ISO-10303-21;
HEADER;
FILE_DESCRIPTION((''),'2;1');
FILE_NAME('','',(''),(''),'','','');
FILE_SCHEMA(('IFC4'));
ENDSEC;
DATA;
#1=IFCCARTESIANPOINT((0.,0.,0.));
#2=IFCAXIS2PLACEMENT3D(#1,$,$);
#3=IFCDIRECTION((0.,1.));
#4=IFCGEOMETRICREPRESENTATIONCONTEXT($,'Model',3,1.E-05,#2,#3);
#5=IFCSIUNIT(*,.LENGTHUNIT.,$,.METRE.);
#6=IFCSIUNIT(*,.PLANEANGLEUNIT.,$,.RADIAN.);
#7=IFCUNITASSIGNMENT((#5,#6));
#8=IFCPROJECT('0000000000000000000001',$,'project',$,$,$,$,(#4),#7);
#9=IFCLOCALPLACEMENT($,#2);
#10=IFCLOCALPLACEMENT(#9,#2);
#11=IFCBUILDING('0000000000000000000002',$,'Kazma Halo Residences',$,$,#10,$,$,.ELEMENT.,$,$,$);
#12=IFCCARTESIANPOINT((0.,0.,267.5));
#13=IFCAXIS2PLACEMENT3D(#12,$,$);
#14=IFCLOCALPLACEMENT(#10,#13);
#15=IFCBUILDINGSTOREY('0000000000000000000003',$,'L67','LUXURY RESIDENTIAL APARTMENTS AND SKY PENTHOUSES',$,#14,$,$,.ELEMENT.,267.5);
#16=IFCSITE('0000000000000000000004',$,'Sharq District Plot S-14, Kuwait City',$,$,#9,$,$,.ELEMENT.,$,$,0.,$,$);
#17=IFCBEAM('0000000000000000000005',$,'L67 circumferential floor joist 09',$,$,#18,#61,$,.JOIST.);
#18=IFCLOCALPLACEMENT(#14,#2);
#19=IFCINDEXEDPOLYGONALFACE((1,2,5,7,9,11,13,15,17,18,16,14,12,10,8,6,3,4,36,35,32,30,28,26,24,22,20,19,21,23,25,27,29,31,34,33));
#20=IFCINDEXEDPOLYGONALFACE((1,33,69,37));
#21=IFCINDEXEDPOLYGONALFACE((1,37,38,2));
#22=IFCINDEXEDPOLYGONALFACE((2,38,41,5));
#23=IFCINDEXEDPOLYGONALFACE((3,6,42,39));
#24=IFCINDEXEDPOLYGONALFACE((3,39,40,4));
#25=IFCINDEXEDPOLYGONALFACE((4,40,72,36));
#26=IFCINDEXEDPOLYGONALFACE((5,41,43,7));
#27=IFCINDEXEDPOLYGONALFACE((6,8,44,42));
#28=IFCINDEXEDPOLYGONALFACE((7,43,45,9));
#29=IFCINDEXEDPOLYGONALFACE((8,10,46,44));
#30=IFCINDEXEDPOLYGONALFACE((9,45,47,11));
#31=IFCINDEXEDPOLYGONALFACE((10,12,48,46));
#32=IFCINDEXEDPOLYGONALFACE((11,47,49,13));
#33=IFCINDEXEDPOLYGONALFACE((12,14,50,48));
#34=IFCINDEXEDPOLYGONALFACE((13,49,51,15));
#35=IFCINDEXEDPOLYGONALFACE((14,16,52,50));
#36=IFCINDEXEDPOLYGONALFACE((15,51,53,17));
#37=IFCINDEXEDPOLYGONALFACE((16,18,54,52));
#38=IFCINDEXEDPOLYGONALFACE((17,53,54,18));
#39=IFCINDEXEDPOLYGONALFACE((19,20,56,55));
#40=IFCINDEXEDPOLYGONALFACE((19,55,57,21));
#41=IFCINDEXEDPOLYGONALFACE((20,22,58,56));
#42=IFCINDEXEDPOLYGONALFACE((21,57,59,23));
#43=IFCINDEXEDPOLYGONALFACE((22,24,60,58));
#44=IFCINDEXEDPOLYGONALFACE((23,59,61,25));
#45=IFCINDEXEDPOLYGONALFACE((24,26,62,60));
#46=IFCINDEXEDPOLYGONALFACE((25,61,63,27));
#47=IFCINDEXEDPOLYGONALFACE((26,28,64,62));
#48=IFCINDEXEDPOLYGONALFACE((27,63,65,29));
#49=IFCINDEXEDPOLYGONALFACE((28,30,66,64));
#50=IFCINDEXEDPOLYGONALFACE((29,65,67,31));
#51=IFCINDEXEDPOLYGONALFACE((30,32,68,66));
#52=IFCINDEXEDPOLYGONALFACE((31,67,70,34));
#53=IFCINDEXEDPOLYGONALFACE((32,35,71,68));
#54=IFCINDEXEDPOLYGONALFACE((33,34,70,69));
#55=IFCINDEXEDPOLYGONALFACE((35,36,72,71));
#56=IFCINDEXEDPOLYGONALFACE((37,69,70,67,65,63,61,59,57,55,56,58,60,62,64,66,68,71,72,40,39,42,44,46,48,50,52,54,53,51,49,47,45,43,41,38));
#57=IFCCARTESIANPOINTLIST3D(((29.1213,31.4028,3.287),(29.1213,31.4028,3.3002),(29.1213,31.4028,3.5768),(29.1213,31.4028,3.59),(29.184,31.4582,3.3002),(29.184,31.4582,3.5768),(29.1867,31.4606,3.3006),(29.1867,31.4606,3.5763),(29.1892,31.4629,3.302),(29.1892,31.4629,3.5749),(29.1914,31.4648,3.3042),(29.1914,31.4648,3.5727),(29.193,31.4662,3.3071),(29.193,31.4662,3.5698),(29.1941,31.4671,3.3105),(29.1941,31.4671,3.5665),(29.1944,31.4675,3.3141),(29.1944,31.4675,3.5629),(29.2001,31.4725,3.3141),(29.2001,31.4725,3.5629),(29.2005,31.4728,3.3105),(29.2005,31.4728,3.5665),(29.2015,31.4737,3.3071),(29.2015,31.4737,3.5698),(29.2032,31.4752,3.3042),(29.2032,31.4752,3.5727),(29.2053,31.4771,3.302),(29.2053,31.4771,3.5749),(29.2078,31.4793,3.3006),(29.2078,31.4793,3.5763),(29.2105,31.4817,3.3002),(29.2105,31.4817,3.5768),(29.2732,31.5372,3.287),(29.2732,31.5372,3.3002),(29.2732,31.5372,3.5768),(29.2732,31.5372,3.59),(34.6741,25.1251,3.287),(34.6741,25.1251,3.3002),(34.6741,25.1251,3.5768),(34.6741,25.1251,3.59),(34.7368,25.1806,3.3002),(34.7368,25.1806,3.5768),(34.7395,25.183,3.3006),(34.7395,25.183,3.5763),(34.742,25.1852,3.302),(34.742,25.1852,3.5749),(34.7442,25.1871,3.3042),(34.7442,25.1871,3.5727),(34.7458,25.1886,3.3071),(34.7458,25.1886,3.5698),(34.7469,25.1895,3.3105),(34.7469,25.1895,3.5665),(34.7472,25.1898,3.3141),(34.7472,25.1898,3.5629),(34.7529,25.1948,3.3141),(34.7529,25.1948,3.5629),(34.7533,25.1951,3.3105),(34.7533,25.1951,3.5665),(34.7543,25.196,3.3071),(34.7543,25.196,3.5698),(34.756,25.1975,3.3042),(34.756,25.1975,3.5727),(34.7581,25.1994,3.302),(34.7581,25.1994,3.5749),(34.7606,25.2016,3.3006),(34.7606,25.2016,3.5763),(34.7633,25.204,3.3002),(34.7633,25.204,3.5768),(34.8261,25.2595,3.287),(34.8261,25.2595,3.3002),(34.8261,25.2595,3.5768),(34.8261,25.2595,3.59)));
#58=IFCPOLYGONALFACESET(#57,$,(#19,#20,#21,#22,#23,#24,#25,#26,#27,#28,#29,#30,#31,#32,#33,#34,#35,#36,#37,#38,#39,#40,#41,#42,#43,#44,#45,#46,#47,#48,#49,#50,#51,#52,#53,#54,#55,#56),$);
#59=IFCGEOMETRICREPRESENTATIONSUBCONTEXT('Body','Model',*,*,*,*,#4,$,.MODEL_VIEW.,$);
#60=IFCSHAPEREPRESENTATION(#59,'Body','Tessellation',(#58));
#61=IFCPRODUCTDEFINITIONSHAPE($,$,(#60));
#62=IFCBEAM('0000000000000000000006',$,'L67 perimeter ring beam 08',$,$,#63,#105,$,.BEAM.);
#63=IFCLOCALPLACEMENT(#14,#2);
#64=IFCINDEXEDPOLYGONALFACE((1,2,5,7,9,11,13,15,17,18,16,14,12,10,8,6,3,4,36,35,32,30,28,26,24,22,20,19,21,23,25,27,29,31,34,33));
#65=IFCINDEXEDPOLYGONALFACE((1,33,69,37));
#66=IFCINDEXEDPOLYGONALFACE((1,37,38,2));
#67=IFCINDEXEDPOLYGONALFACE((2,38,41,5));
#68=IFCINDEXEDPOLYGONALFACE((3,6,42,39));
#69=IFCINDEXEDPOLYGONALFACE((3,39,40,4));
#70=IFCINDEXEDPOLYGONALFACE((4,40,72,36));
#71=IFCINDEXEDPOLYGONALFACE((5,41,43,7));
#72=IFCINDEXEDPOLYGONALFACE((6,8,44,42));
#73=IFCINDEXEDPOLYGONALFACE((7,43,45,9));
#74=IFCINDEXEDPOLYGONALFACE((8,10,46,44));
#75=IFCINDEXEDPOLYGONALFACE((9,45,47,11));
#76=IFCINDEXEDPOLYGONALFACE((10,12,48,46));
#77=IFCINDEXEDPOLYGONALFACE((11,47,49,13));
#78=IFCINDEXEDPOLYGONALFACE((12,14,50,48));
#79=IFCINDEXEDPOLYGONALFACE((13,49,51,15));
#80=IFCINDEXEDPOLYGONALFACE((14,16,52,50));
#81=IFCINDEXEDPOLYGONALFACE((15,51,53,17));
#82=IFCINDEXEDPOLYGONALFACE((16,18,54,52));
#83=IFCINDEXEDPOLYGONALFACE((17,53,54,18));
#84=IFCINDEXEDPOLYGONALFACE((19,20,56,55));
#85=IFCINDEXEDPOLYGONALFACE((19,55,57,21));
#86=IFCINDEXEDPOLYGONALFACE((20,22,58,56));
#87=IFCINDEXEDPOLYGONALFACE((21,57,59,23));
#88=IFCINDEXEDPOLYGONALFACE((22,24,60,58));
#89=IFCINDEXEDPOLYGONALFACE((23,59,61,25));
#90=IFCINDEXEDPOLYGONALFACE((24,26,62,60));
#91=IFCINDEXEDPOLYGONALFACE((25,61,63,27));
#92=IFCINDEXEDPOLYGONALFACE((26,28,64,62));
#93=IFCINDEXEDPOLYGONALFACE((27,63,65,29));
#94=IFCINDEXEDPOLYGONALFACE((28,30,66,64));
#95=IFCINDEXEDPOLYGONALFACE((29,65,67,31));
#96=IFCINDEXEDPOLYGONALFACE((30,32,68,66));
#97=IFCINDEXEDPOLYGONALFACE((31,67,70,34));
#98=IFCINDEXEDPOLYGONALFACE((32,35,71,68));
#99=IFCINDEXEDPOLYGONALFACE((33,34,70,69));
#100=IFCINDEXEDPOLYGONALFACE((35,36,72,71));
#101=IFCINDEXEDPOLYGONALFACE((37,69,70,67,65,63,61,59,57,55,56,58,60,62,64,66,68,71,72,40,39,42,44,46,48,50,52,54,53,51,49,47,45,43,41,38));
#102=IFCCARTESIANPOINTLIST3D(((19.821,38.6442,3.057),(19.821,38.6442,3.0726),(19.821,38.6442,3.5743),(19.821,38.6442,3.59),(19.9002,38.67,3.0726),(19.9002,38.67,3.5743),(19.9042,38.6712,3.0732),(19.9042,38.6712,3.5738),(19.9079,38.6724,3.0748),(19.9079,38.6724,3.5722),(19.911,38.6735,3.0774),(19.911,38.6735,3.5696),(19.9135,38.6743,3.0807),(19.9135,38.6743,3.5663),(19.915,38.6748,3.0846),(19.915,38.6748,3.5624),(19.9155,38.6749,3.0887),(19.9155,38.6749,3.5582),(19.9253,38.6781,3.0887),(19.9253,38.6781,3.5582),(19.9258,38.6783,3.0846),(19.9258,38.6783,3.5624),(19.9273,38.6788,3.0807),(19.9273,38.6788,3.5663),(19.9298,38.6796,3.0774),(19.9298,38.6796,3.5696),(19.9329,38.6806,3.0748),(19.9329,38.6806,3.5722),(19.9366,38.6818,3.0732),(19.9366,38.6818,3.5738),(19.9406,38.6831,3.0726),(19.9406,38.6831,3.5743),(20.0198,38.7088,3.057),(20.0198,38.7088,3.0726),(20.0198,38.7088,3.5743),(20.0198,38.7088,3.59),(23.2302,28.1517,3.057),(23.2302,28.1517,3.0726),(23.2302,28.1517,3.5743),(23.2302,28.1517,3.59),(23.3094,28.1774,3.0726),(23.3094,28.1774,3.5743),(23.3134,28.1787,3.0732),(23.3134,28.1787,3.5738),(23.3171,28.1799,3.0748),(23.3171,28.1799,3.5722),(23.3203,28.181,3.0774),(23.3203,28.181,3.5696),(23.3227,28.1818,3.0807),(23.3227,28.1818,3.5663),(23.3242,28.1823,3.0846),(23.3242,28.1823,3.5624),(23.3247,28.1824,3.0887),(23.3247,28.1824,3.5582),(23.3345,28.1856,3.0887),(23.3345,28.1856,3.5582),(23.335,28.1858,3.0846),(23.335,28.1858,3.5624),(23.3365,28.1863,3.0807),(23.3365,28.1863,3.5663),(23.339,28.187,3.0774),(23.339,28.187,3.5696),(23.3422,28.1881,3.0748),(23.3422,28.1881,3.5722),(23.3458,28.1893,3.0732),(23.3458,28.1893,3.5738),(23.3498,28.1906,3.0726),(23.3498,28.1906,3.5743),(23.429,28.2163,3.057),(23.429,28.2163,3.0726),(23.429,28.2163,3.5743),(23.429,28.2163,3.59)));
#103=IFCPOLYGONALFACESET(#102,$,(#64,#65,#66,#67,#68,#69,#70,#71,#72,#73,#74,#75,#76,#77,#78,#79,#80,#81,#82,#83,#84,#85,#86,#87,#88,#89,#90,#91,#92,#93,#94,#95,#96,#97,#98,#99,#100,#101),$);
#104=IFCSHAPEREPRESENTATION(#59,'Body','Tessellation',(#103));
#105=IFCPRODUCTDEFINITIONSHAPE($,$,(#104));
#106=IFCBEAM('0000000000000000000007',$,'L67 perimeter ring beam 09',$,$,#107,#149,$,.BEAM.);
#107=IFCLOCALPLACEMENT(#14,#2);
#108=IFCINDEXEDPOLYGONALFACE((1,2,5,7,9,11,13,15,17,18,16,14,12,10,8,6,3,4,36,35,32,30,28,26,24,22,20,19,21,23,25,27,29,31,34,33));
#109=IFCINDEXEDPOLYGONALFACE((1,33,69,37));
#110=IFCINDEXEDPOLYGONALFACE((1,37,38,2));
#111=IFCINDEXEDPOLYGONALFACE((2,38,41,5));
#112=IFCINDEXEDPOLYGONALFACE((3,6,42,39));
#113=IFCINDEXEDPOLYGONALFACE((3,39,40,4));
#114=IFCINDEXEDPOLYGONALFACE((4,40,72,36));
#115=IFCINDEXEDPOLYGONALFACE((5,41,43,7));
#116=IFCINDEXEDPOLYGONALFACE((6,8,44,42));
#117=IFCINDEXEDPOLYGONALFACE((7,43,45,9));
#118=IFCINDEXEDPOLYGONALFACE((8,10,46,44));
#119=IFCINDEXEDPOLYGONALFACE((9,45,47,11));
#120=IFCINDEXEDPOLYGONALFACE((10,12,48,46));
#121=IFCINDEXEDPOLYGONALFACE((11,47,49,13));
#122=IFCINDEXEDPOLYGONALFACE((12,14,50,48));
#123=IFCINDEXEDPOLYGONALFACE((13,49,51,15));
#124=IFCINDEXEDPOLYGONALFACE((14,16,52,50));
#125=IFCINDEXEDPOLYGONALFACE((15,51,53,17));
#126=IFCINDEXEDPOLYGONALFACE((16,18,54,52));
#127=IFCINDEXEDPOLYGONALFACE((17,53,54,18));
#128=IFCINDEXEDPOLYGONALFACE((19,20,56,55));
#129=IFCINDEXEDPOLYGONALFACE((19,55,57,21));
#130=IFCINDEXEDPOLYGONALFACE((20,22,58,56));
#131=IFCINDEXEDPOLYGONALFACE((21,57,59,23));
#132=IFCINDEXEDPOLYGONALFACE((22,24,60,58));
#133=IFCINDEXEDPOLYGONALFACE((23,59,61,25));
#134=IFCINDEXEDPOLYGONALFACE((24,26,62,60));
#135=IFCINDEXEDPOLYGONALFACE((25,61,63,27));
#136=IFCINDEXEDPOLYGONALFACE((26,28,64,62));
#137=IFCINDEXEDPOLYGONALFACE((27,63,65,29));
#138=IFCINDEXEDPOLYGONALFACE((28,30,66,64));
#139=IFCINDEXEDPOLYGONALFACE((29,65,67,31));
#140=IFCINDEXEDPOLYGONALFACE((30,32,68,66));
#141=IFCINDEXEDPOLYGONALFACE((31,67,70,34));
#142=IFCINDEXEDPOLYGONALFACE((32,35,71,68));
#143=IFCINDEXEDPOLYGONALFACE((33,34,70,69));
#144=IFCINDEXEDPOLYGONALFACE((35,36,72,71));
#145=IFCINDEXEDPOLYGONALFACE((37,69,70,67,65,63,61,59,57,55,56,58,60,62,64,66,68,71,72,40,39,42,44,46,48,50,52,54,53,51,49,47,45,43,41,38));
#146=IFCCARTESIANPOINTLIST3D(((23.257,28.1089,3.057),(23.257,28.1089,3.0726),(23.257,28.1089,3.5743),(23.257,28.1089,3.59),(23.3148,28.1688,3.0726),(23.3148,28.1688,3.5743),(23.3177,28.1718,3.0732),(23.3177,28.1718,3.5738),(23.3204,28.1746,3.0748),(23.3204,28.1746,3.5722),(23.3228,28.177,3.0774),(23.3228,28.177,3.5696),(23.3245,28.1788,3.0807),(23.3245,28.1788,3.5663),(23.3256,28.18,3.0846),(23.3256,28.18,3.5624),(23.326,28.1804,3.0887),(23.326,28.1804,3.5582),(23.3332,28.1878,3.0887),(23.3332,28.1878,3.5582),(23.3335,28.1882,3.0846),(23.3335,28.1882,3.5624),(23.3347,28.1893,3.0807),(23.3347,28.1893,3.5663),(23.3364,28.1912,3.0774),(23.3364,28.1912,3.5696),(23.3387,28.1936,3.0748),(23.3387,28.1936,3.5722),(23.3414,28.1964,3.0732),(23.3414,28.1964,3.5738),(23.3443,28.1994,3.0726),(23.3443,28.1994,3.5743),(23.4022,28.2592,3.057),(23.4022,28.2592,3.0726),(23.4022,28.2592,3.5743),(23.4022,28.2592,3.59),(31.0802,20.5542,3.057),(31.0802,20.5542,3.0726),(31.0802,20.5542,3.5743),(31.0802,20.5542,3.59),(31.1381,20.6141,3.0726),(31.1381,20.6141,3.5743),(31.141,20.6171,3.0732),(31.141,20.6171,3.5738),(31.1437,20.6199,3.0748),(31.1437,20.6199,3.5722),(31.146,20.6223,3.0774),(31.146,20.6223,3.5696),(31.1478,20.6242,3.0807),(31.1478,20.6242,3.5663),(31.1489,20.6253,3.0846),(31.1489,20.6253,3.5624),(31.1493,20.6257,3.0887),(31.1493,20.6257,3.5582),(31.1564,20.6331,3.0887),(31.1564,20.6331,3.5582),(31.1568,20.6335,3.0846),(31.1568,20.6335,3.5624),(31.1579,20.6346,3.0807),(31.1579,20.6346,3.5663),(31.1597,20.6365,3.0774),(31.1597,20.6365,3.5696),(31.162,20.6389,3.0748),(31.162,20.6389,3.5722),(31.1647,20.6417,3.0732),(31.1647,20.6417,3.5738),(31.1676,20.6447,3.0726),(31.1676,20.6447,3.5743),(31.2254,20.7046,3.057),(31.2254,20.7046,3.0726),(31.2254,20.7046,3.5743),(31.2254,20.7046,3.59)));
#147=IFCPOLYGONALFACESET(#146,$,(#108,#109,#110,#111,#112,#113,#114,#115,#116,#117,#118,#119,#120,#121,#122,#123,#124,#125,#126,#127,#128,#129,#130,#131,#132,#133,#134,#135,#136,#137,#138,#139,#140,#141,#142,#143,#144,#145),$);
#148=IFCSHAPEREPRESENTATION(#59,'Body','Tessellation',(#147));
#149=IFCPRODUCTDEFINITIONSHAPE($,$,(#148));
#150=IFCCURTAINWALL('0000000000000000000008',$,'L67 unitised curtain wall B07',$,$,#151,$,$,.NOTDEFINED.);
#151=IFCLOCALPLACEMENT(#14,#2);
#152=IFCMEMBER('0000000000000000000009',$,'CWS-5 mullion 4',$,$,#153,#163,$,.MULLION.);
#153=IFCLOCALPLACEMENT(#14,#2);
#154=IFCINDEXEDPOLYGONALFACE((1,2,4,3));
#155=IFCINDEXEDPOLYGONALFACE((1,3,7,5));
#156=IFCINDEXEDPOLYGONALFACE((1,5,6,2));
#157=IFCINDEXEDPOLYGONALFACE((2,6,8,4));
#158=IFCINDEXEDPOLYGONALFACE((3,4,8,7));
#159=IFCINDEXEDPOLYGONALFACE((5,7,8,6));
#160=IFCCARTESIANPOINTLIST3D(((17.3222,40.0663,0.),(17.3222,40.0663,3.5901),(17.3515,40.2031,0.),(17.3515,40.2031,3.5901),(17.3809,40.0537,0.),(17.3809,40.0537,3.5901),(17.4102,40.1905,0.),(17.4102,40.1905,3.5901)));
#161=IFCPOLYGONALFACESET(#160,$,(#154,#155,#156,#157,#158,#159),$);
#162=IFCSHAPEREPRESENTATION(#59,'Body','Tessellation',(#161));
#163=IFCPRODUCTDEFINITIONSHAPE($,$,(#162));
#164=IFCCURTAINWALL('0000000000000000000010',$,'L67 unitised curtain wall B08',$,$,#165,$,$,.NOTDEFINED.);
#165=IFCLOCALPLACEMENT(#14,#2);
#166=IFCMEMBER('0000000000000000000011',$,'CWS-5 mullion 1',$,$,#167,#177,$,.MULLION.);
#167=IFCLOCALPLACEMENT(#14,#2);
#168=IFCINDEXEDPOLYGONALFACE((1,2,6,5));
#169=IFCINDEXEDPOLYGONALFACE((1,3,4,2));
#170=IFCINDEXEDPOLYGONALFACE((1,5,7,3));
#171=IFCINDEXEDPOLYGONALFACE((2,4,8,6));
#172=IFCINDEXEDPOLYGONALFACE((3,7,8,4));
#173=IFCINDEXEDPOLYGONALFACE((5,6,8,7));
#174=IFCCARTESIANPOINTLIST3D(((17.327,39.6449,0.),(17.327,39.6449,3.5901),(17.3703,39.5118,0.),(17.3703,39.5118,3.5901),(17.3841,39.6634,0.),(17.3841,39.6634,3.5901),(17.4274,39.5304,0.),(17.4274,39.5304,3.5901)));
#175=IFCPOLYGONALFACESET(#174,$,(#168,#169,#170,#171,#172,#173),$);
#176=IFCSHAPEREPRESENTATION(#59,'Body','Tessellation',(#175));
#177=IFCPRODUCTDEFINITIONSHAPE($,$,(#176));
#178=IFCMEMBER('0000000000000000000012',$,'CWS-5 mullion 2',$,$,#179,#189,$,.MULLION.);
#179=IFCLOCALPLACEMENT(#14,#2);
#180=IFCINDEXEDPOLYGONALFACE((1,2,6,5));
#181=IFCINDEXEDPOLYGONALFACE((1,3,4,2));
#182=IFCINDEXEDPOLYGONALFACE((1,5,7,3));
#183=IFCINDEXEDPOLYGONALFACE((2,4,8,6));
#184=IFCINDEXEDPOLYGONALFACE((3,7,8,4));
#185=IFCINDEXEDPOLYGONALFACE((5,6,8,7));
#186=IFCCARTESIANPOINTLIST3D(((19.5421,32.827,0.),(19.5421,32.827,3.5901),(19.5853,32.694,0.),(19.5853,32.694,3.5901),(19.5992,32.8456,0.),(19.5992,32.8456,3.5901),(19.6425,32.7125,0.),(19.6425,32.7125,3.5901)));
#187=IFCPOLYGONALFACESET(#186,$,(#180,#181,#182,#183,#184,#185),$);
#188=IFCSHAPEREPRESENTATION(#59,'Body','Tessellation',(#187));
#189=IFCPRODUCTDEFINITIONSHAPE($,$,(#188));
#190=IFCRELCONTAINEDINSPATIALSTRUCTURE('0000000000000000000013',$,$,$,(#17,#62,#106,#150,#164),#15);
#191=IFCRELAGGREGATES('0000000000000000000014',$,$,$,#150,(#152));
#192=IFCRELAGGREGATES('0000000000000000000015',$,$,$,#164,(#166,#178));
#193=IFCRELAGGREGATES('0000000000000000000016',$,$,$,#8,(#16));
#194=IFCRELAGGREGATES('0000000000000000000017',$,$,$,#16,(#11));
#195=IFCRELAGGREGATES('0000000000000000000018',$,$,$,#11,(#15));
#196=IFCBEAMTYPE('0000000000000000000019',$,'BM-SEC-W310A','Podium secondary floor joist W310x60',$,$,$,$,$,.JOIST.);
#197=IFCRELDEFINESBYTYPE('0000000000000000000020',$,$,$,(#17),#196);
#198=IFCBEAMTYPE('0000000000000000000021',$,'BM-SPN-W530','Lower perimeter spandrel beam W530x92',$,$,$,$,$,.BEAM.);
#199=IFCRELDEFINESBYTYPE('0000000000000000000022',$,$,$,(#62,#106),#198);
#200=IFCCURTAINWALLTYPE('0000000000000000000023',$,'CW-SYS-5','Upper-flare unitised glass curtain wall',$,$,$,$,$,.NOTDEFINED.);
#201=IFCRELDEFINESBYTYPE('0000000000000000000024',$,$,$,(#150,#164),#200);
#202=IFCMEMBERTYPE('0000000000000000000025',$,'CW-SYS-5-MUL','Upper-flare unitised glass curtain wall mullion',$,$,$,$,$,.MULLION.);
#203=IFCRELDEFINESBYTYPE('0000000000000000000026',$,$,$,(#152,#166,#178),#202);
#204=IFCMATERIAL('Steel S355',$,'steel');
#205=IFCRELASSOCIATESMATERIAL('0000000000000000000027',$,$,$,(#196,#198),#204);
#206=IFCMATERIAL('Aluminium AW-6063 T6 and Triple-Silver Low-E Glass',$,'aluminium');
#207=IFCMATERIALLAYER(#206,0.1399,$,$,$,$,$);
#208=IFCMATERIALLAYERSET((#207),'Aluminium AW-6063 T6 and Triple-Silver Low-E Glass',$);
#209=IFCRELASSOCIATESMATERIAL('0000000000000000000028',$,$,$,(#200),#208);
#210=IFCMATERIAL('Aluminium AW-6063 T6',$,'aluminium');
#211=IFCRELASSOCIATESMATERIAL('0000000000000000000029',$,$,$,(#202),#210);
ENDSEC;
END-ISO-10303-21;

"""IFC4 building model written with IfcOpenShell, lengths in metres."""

from ifc_helpers import new_model, si_unit, direction, frame, origin, origin_2d, place, context, subcontext, project, spatial, rectangle, i_section, extrude, material, layer, layer_set, material_profile, profile_set, type_object, element, aggregate, save


model = new_model("IFC4")

# Units and contexts
model_context = context("Model", 3, precision=1e-05, world=origin(), true_north=direction((0.0, 1.0)))
body_context = subcontext(model_context, "Body", "Model", "MODEL_VIEW")
ifc_project = project(units=[si_unit("LENGTHUNIT", "METRE"), si_unit("PLANEANGLEUNIT", "RADIAN")], contexts=[model_context])

# Site, building, storey
site_placement = place(None, origin())
site = spatial("IfcSite", under=ifc_project, at=site_placement, Name="Sharq District Plot S-14, Kuwait City", CompositionType="ELEMENT", RefElevation=0.0)
building_placement = place(site_placement, origin())
building = spatial("IfcBuilding", under=site, at=building_placement, Name="Kazma Halo Residences", CompositionType="ELEMENT")
storey_placement = place(building_placement, frame((0.0, 0.0, 267.5)))
storey = spatial("IfcBuildingStorey", under=building, at=storey_placement, Name="L67", Description="LUXURY RESIDENTIAL APARTMENTS AND SKY PENTHOUSES", CompositionType="ELEMENT", Elevation=267.5)

# Beams
ifc_material_1 = material(Name="Steel S355", Category="steel")
ifc_material_profile_1 = material_profile(ifc_material_1, i_section(OverallWidth=0.2029, OverallDepth=0.303, WebThickness=0.0076, FlangeThickness=0.0132, FilletRadius=0.0139, at=origin_2d()), Name="W310x60")
ifc_profile_set_1 = profile_set([ifc_material_profile_1], Name="Steel S355")
beam_type_1 = type_object("IfcBeamType", Name="BM-SEC-W310A", Description="Podium secondary floor joist W310x60", PredefinedType="JOIST", material=ifc_profile_set_1)
beam_1_placement = place(storey_placement, frame((29.1973, 31.47, 3.4385), z_axis=(0.662539, -0.749027, 0.0), x_axis=(0.749027, 0.662539, 0.0)))
element("IfcBeam", 1, at=beam_1_placement, inside=storey, type_object=beam_type_1, Name="L67 circumferential floor joist 09", PredefinedType="JOIST", context=body_context, shape_type="SweptSolid", body=[
    extrude(i_section(OverallWidth=0.2029, OverallDepth=0.303, WebThickness=0.0076, FlangeThickness=0.0132, FilletRadius=0.0139, at=origin_2d()), origin(), (0.0, 0.0, 1.0), 8.3811),
])
ifc_material_profile_2 = material_profile(ifc_material_1, i_section(OverallWidth=0.209, OverallDepth=0.533, WebThickness=0.0103, FlangeThickness=0.0156, FilletRadius=0.0161, at=origin_2d()), Name="W530x92")
ifc_profile_set_2 = profile_set([ifc_material_profile_2], Name="Steel S355")
beam_type_2 = type_object("IfcBeamType", Name="BM-SPN-W530", Description="Lower perimeter spandrel beam W530x92", PredefinedType="BEAM", material=ifc_profile_set_2)
beam_2_placement = place(storey_placement, frame((19.9204, 38.6765, 3.3235), z_axis=(0.309016, -0.951057, 0.0), x_axis=(0.951057, 0.309016, 0.0)))
element("IfcBeam", 2, at=beam_2_placement, inside=storey, type_object=beam_type_2, Name="L67 perimeter ring beam 08", PredefinedType="BEAM", context=body_context, shape_type="SweptSolid", body=[
    extrude(i_section(OverallWidth=0.209, OverallDepth=0.533, WebThickness=0.0103, FlangeThickness=0.0156, FilletRadius=0.0161, at=origin_2d()), origin(), (0.0, 0.0, 1.0), 11.0325),
])
beam_3_placement = place(storey_placement, frame((23.3296, 28.1841, 3.3235), z_axis=(0.719346, -0.694652, 0.0), x_axis=(0.694652, 0.719346, 0.0)))
element("IfcBeam", 3, at=beam_3_placement, inside=storey, type_object=beam_type_2, Name="L67 perimeter ring beam 09", PredefinedType="BEAM", context=body_context, shape_type="SweptSolid", body=[
    extrude(i_section(OverallWidth=0.209, OverallDepth=0.533, WebThickness=0.0103, FlangeThickness=0.0156, FilletRadius=0.0161, at=origin_2d()), origin(), (0.0, 0.0, 1.0), 10.8755),
])

# Curtain wall, member
ifc_material_2 = material(Name="Aluminium AW-6063 T6 and Triple-Silver Low-E Glass", Category="aluminium")
ifc_layer_1 = layer(ifc_material_2, 0.1399)
ifc_layer_set_1 = layer_set([ifc_layer_1], Name="Aluminium AW-6063 T6 and Triple-Silver Low-E Glass")
curtain_wall_type = type_object("IfcCurtainWallType", Name="CW-SYS-5", Description="Upper-flare unitised glass curtain wall", PredefinedType="NOTDEFINED", material=ifc_layer_set_1)
curtain_wall_1_placement = place(storey_placement, origin())
curtain_wall_1 = element("IfcCurtainWall", 4, at=curtain_wall_1_placement, inside=storey, type_object=curtain_wall_type, Name="L67 unitised curtain wall B07", PredefinedType="NOTDEFINED")
ifc_material_3 = material(Name="Aluminium AW-6063 T6", Category="aluminium")
ifc_material_profile_3 = material_profile(ifc_material_3, rectangle(XDim=0.0601, YDim=0.1399, at=origin_2d()), Name="CWM-60x140")
ifc_profile_set_3 = profile_set([ifc_material_profile_3], Name="Aluminium AW-6063 T6")
member_type_1 = type_object("IfcMemberType", Name="CW-SYS-5-MUL", Description="Upper-flare unitised glass curtain wall mullion", PredefinedType="MULLION", material=ifc_profile_set_3)
member_1_placement = place(storey_placement, frame((17.3662, 40.1284, 0.0), z_axis=(0.0, 0.0, 1.0), x_axis=(0.977775, -0.209657, 0.0)))
member_1 = element("IfcMember", 5, at=member_1_placement, type_object=member_type_1, Name="CWS-5 mullion 4", PredefinedType="MULLION", context=body_context, shape_type="SweptSolid", body=[
    extrude(rectangle(XDim=0.0601, YDim=0.1399, at=origin_2d()), origin(), (0.0, 0.0, 1.0), 3.5901),
])
aggregate(curtain_wall_1, [member_1])

# Curtain wall, members
curtain_wall_2_placement = place(storey_placement, origin())
curtain_wall_2 = element("IfcCurtainWall", 6, at=curtain_wall_2_placement, inside=storey, type_object=curtain_wall_type, Name="L67 unitised curtain wall B08", PredefinedType="NOTDEFINED")
member_2_placement = place(storey_placement, frame((17.3772, 39.5876, 0.0), z_axis=(0.0, 0.0, 1.0), x_axis=(0.951058, 0.309011, 0.0)))
member_2 = element("IfcMember", 7, at=member_2_placement, type_object=member_type_1, Name="CWS-5 mullion 1", PredefinedType="MULLION", context=body_context, shape_type="SweptSolid", body=[
    extrude(rectangle(XDim=0.0601, YDim=0.1399, at=origin_2d()), origin(), (0.0, 0.0, 1.0), 3.5901),
])
member_3_placement = place(storey_placement, frame((19.5923, 32.7698, 0.0), z_axis=(0.0, 0.0, 1.0), x_axis=(0.951058, 0.309011, 0.0)))
member_3 = element("IfcMember", 8, at=member_3_placement, type_object=member_type_1, Name="CWS-5 mullion 2", PredefinedType="MULLION", context=body_context, shape_type="SweptSolid", body=[
    extrude(rectangle(XDim=0.0601, YDim=0.1399, at=origin_2d()), origin(), (0.0, 0.0, 1.0), 3.5901),
])
aggregate(curtain_wall_2, [member_2, member_3])

save(model, "model.ifc")
